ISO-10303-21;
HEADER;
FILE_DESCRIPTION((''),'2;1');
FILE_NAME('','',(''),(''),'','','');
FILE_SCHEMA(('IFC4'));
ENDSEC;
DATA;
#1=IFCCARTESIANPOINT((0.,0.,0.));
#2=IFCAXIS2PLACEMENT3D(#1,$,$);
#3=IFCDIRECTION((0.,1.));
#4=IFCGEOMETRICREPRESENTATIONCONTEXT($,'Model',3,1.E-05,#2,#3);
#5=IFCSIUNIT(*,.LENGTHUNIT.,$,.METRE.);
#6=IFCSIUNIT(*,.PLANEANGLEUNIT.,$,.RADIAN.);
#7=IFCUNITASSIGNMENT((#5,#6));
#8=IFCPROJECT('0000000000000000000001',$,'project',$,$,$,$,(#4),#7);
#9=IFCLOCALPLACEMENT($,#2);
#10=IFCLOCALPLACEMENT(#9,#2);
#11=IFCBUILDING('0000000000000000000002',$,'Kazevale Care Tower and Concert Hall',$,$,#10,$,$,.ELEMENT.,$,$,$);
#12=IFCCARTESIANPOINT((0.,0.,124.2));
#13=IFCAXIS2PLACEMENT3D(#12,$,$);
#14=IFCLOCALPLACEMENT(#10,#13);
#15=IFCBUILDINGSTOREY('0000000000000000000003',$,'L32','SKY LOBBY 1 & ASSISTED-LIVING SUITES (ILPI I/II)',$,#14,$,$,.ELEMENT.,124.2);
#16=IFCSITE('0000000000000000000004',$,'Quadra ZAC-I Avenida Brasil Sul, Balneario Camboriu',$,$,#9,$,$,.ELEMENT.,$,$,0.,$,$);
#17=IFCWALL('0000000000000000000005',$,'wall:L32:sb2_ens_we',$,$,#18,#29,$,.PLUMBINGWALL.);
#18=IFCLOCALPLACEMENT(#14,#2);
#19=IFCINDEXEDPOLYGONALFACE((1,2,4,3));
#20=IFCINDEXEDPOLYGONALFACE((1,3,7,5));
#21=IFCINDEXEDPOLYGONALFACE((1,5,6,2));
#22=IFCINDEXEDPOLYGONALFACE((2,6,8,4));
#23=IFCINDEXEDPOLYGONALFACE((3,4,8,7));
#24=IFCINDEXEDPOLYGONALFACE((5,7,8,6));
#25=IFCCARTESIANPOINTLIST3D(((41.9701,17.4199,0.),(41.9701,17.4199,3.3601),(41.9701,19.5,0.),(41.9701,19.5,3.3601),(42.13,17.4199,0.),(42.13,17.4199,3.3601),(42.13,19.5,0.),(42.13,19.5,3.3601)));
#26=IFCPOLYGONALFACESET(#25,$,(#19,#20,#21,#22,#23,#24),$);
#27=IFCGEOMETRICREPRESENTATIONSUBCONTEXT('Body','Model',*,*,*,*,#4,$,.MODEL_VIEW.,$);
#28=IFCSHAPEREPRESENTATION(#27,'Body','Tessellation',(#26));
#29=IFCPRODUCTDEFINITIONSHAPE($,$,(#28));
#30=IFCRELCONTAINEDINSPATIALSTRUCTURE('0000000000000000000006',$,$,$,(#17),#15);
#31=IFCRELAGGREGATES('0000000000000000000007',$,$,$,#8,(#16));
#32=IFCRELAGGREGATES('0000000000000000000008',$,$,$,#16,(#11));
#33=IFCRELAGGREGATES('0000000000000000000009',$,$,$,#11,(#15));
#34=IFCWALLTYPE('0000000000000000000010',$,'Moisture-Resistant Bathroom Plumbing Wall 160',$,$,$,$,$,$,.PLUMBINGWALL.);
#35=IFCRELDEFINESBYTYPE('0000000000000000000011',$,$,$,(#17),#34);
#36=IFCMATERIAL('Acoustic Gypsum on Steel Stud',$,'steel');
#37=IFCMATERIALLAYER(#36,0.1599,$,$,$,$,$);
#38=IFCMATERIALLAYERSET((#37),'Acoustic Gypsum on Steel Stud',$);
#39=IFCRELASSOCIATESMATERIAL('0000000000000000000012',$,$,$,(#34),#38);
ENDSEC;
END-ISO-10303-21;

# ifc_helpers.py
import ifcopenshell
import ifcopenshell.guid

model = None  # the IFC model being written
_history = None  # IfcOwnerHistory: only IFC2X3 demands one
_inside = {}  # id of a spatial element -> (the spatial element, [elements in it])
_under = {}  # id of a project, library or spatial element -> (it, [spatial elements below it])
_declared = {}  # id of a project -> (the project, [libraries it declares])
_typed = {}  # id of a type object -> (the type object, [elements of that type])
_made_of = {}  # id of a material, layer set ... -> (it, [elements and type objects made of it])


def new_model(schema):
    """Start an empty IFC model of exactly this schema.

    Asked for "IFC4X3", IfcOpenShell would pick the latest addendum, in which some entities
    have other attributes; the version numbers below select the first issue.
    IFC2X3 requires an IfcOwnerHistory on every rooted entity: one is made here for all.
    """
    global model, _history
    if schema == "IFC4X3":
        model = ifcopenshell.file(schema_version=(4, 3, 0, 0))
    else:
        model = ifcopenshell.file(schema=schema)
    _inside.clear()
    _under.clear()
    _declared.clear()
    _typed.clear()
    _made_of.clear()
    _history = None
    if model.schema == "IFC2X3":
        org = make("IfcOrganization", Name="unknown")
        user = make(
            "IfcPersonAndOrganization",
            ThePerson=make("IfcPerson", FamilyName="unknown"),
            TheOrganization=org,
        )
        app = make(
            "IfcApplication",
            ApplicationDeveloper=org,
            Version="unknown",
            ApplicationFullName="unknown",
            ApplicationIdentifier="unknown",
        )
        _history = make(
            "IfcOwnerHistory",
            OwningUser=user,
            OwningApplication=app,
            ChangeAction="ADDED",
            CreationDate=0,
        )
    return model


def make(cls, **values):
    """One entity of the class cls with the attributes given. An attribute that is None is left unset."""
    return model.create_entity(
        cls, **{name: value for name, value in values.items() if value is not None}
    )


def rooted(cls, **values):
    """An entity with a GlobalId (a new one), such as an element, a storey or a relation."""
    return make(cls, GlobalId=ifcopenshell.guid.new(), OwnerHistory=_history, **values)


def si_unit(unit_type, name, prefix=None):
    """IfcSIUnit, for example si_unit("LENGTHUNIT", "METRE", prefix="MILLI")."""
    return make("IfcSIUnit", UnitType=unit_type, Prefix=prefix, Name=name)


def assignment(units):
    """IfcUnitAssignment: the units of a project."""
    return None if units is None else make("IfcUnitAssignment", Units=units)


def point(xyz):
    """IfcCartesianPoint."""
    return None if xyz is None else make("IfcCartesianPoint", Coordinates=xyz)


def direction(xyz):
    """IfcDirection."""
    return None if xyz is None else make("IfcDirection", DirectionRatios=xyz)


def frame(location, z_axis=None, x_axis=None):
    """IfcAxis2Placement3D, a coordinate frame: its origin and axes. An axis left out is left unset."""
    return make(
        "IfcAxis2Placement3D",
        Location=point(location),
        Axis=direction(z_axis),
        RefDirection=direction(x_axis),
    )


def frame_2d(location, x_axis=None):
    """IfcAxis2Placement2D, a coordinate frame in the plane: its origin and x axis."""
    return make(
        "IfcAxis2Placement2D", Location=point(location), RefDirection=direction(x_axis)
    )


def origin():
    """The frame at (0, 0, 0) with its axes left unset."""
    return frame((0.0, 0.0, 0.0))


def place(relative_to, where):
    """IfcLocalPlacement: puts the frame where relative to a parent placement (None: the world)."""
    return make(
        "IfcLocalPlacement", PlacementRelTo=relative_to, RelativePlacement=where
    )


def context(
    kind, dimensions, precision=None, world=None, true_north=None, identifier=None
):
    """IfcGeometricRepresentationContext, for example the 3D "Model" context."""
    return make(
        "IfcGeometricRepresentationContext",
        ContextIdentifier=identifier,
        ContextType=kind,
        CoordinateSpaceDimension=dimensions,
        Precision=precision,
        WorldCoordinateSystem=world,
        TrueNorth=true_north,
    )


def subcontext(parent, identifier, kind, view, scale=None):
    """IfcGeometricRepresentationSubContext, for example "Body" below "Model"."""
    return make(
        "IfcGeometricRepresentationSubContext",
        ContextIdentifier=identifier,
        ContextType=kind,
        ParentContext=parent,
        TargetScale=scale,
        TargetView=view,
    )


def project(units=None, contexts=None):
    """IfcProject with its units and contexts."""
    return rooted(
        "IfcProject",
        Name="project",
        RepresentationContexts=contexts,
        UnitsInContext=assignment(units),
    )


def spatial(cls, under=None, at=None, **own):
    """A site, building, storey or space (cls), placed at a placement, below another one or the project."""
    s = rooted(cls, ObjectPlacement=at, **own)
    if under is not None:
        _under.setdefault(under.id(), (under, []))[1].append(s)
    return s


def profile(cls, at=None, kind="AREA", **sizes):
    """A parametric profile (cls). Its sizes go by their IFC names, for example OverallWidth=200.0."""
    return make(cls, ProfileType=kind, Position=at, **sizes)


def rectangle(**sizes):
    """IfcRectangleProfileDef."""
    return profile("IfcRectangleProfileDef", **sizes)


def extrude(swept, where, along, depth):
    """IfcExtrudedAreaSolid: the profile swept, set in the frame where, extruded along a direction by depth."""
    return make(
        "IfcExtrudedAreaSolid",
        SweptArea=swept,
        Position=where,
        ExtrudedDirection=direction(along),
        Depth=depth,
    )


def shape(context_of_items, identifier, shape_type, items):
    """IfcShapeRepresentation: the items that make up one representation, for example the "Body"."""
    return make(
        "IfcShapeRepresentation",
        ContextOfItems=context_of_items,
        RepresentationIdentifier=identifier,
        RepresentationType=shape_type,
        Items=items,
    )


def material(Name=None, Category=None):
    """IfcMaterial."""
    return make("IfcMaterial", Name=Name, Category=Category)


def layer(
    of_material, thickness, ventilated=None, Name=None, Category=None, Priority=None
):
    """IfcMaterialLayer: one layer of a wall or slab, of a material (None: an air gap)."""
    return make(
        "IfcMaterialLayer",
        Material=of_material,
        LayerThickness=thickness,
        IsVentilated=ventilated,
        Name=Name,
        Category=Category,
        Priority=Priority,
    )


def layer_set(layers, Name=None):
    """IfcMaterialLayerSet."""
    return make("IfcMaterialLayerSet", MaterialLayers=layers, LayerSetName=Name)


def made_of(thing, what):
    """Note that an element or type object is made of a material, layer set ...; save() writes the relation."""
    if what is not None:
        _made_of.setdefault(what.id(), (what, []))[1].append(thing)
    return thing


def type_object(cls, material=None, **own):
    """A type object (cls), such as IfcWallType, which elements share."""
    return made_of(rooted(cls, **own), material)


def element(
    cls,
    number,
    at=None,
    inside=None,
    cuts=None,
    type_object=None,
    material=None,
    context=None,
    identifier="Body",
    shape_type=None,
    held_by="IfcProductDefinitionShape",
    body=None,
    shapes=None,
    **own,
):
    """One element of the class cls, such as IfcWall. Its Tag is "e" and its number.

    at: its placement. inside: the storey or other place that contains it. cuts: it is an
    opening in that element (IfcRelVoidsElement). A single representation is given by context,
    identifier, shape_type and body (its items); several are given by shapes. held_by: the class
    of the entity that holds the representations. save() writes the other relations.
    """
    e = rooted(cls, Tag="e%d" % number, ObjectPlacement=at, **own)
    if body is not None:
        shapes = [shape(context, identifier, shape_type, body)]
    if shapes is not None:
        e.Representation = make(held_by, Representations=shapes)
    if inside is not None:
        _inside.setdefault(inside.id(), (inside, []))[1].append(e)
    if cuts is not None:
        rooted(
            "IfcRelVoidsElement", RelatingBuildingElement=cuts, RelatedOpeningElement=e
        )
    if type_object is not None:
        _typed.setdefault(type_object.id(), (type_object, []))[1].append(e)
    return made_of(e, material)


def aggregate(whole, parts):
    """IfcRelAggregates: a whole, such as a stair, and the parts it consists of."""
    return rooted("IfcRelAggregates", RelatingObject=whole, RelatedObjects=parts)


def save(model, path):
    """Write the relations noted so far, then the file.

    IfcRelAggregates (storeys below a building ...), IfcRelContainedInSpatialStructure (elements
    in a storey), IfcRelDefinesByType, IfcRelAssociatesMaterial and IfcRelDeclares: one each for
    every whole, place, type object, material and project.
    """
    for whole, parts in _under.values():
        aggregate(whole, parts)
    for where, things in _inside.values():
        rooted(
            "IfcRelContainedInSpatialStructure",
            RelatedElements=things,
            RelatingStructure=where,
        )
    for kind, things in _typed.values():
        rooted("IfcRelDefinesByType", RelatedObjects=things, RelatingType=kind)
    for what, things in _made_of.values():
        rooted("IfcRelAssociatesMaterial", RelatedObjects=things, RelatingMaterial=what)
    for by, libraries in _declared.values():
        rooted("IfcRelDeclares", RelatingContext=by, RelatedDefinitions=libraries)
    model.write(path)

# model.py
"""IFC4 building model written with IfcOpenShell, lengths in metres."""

from ifc_helpers import new_model, si_unit, direction, frame, frame_2d, origin, place, context, subcontext, project, spatial, rectangle, extrude, material, layer, layer_set, type_object, element, save


model = new_model("IFC4")

# Units and contexts
model_context = context("Model", 3, precision=1e-05, world=origin(), true_north=direction((0.0, 1.0)))
body_context = subcontext(model_context, "Body", "Model", "MODEL_VIEW")
ifc_project = project(units=[si_unit("LENGTHUNIT", "METRE"), si_unit("PLANEANGLEUNIT", "RADIAN")], contexts=[model_context])

# Site, building, storey
site_placement = place(None, origin())
site = spatial("IfcSite", under=ifc_project, at=site_placement, Name="Quadra ZAC-I Avenida Brasil Sul, Balneario Camboriu", CompositionType="ELEMENT", RefElevation=0.0)
building_placement = place(site_placement, origin())
building = spatial("IfcBuilding", under=site, at=building_placement, Name="Kazevale Care Tower and Concert Hall", CompositionType="ELEMENT")
storey_placement = place(building_placement, frame((0.0, 0.0, 124.2)))
storey = spatial("IfcBuildingStorey", under=building, at=storey_placement, Name="L32", Description="SKY LOBBY 1 & ASSISTED-LIVING SUITES (ILPI I/II)", CompositionType="ELEMENT", Elevation=124.2)

# Shared definitions
ifc_material_1 = material(Name="Acoustic Gypsum on Steel Stud", Category="steel")
ifc_layer_1 = layer(ifc_material_1, 0.1599)
ifc_layer_set_1 = layer_set([ifc_layer_1], Name="Acoustic Gypsum on Steel Stud")
wall_type_1 = type_object("IfcWallType", Name="Moisture-Resistant Bathroom Plumbing Wall 160", PredefinedType="PLUMBINGWALL", material=ifc_layer_set_1)

# Wall
wall_1_placement = place(storey_placement, frame((42.05, 17.4199, 0.0), z_axis=(0.0, 0.0, 1.0), x_axis=(0.0, 1.0, 0.0)))
element("IfcWall", 1, at=wall_1_placement, inside=storey, type_object=wall_type_1, Name="wall:L32:sb2_ens_we", PredefinedType="PLUMBINGWALL", context=body_context, shape_type="SweptSolid", body=[
    extrude(rectangle(XDim=2.0801, YDim=0.1599, at=frame_2d((1.04, 0.0))), origin(), (0.0, 0.0, 1.0), 3.3601),
])

save(model, "model.ifc")
